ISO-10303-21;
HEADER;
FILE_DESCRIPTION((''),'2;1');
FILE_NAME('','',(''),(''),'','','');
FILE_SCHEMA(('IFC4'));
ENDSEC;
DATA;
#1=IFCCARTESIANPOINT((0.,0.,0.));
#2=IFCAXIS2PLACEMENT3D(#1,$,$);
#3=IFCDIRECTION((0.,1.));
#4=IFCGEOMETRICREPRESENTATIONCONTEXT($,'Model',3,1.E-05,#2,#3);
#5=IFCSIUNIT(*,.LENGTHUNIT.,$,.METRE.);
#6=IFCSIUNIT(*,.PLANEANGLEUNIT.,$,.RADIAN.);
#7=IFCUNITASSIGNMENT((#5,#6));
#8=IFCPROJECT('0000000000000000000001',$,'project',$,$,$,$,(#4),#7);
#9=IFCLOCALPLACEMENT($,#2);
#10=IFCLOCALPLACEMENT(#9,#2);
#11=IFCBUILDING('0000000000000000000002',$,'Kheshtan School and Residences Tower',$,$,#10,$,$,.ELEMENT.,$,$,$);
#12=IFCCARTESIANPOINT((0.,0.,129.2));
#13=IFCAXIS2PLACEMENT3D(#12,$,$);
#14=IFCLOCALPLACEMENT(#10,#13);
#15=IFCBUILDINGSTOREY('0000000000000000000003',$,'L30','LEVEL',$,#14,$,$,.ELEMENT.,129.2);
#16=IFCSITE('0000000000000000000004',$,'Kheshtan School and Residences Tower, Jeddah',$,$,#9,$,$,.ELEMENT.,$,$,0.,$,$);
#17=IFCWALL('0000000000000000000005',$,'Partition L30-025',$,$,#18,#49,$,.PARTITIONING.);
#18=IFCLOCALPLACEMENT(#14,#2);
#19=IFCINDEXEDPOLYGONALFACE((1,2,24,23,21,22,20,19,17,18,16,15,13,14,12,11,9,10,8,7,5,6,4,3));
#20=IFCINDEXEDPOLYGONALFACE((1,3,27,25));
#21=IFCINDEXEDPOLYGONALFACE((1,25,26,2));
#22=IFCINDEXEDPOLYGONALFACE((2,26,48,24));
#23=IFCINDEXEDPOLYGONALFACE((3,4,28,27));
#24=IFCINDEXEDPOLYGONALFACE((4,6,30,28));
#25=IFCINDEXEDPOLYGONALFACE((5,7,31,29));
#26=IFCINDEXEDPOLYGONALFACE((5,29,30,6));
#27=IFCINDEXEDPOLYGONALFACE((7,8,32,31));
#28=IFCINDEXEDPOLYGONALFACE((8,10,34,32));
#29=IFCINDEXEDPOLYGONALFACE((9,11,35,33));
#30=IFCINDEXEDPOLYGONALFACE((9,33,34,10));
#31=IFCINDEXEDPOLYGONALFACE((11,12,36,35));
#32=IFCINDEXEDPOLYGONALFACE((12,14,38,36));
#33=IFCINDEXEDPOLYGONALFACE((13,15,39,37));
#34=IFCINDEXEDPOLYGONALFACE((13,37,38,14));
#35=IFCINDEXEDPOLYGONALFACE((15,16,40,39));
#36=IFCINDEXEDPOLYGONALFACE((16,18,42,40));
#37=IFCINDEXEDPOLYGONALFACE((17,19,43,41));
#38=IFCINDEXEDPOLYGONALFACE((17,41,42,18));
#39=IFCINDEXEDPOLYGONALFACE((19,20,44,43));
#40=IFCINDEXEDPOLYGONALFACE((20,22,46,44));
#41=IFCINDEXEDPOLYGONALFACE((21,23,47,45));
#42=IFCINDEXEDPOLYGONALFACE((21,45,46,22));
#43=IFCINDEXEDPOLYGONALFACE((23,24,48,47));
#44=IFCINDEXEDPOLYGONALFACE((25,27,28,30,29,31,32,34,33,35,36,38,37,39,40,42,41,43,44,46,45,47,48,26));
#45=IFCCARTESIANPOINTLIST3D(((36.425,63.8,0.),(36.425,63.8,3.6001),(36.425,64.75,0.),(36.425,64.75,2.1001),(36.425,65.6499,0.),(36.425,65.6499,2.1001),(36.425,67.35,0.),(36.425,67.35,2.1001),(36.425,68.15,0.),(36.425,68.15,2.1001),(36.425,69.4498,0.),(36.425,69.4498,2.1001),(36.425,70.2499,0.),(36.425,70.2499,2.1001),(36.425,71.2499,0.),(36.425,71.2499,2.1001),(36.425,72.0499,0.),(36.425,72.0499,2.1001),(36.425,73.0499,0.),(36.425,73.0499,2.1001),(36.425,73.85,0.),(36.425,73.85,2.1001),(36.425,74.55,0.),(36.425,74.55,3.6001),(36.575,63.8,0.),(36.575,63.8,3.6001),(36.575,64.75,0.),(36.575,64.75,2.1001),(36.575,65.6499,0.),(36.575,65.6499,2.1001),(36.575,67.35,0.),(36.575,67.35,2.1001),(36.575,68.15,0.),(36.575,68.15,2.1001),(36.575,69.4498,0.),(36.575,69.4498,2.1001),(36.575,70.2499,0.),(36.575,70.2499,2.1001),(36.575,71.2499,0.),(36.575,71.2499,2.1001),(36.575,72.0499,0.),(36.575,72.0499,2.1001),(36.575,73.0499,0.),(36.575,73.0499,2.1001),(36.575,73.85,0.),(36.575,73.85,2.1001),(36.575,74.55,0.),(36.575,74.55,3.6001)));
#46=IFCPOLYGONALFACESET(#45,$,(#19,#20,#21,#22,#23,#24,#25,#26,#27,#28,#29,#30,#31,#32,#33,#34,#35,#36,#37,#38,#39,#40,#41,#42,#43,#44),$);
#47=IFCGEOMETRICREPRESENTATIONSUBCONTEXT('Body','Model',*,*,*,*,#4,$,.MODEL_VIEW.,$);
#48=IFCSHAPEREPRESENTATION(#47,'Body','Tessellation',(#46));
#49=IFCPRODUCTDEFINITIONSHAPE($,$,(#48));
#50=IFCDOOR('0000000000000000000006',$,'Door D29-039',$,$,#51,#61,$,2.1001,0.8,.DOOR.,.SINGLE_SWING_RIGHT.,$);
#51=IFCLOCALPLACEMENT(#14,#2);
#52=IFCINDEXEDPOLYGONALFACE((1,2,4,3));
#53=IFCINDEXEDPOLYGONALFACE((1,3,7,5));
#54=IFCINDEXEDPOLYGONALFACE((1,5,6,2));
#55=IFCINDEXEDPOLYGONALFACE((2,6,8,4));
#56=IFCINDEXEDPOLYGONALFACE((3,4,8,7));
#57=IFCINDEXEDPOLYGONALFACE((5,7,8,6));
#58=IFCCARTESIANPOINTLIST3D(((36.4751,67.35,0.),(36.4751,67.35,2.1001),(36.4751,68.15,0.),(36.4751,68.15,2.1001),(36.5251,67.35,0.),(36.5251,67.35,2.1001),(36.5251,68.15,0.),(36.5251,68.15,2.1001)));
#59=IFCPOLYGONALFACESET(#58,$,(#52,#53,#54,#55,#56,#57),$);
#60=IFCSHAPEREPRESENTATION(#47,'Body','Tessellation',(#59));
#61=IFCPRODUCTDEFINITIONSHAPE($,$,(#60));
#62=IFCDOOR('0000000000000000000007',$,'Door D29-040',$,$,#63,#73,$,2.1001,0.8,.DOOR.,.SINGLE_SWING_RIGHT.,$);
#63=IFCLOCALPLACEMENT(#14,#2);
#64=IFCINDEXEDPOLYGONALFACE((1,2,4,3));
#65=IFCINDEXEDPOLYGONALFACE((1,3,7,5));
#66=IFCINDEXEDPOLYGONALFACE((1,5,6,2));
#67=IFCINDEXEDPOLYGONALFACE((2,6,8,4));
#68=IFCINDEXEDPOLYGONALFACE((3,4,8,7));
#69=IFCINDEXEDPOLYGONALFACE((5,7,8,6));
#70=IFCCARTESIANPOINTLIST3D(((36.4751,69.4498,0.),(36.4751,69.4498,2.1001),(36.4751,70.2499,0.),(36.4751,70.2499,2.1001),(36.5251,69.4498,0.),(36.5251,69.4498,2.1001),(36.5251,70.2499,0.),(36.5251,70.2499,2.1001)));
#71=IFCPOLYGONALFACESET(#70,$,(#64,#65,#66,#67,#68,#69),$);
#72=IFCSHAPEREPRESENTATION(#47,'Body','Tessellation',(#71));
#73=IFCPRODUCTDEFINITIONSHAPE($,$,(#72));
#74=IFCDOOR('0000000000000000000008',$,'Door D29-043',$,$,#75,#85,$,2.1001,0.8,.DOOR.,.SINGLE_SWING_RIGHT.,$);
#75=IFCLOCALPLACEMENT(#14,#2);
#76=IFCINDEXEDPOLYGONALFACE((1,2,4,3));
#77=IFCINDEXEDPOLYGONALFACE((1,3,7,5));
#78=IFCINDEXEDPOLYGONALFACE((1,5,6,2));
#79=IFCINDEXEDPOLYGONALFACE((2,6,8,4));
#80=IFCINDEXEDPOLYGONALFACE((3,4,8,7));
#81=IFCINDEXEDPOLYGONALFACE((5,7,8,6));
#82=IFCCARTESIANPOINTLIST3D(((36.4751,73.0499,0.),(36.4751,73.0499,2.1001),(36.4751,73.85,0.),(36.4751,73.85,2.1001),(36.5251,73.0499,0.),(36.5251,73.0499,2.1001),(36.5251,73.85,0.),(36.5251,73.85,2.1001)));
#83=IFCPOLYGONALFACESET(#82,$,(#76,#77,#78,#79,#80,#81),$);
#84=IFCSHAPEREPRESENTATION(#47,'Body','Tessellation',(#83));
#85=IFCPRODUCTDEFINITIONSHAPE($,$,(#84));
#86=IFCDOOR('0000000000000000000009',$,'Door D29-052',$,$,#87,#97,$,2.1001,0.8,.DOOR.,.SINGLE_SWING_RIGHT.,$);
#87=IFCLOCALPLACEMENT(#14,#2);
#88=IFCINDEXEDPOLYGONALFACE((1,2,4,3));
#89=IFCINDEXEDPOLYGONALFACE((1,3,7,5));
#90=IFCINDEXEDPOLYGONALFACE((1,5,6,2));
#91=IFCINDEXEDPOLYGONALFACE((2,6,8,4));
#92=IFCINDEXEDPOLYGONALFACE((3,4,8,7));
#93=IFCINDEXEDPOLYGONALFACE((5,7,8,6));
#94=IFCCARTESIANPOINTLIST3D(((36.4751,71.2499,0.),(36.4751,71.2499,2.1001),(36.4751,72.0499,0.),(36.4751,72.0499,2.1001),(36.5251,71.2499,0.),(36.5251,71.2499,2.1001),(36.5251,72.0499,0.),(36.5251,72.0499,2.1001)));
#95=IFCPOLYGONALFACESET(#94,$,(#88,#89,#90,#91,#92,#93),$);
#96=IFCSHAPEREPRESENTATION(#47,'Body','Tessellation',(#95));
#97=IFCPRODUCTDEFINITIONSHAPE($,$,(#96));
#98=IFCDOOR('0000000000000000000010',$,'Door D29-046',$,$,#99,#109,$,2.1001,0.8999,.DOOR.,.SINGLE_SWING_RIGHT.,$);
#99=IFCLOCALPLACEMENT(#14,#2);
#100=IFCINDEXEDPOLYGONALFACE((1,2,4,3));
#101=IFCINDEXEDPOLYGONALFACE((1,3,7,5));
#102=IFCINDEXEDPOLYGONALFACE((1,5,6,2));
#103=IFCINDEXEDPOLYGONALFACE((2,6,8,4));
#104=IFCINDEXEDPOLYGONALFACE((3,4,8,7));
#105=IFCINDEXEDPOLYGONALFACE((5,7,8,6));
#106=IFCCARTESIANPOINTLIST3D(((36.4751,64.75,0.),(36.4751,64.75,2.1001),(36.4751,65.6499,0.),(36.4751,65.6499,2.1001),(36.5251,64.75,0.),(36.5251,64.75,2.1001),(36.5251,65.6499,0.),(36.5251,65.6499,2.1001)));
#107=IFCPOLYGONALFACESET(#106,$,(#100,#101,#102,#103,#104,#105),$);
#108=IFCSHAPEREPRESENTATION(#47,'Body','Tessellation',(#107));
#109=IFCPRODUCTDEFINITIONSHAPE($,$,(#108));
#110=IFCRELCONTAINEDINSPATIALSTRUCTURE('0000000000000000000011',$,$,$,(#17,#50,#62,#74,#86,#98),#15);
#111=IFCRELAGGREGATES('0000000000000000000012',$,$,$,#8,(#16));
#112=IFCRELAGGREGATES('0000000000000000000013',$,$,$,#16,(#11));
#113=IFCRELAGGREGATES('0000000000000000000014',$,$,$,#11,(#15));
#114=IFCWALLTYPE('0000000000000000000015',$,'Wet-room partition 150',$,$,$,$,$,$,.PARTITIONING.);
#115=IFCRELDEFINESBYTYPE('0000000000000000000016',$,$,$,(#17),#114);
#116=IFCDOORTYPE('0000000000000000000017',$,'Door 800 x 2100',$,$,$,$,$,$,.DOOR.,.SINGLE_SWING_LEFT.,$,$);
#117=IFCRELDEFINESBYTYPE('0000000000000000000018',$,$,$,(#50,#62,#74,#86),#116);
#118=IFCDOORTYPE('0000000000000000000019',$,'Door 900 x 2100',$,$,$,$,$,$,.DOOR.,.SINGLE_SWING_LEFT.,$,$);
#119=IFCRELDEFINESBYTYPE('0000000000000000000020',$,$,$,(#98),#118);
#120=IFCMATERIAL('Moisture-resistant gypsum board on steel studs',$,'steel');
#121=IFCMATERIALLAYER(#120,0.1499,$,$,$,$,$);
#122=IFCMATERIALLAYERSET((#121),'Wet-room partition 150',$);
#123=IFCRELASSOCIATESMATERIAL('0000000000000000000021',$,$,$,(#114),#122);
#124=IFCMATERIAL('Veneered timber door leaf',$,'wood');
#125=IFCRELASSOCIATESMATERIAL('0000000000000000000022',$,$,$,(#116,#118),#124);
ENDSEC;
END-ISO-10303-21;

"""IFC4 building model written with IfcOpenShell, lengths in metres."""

from ifc_helpers import new_model, si_unit, direction, frame, frame_2d, origin, place, context, subcontext, project, spatial, rectangle, extrude, source, transform, mapped, material, layer, layer_set, type_object, element, fill, save


model = new_model("IFC4")

# Units and contexts
model_context = context("Model", 3, precision=1e-05, world=origin(), true_north=direction((0.0, 1.0)))
body_context = subcontext(model_context, "Body", "Model", "MODEL_VIEW")
ifc_project = project(units=[si_unit("LENGTHUNIT", "METRE"), si_unit("PLANEANGLEUNIT", "RADIAN")], contexts=[model_context])

# Site, building, storey
site_placement = place(None, origin())
site = spatial("IfcSite", under=ifc_project, at=site_placement, Name="Kheshtan School and Residences Tower, Jeddah", CompositionType="ELEMENT", RefElevation=0.0)
building_placement = place(site_placement, origin())
building = spatial("IfcBuilding", under=site, at=building_placement, Name="Kheshtan School and Residences Tower", CompositionType="ELEMENT")
storey_placement = place(building_placement, frame((0.0, 0.0, 129.2)))
storey = spatial("IfcBuildingStorey", under=building, at=storey_placement, Name="L30", Description="LEVEL", CompositionType="ELEMENT", Elevation=129.2)

# Wall, openings, doors
ifc_material_1 = material(Name="Moisture-resistant gypsum board on steel studs", Category="steel")
ifc_layer_1 = layer(ifc_material_1, 0.1499)
ifc_layer_set_1 = layer_set([ifc_layer_1], Name="Wet-room partition 150")
wall_type_1 = type_object("IfcWallType", Name="Wet-room partition 150", PredefinedType="PARTITIONING", material=ifc_layer_set_1)
ifc_material_2 = material(Name="Veneered timber door leaf", Category="wood")
door_type_1 = type_object("IfcDoorType", Name="Door 800 x 2100", OperationType="SINGLE_SWING_LEFT", PredefinedType="DOOR", material=ifc_material_2)
shared_shape_1 = source(origin(), body_context, "Body", "SweptSolid", [
    extrude(rectangle(XDim=0.8, YDim=2.1001, at=frame_2d((0.3999, 1.05))), frame((0.0, 0.0249, 0.0), z_axis=(0.0, -1.0, 0.0), x_axis=(1.0, 0.0, 0.0)), (0.0, 0.0, 1.0), 0.05),
])
door_type_2 = type_object("IfcDoorType", Name="Door 900 x 2100", OperationType="SINGLE_SWING_LEFT", PredefinedType="DOOR", material=ifc_material_2)
shared_shape_2 = source(origin(), body_context, "Body", "SweptSolid", [
    extrude(rectangle(XDim=0.8999, YDim=2.1001, at=frame_2d((0.45, 1.05))), frame((0.0, 0.0249, 0.0), z_axis=(0.0, -1.0, 0.0), x_axis=(1.0, 0.0, 0.0)), (0.0, 0.0, 1.0), 0.05),
])
wall_1_placement = place(storey_placement, frame((36.5, 63.8, 0.0), z_axis=(0.0, 0.0, 1.0), x_axis=(0.0, 1.0, 0.0)))
wall_1 = element("IfcWall", 1, at=wall_1_placement, inside=storey, type_object=wall_type_1, Name="Partition L30-025", PredefinedType="PARTITIONING", context=body_context, shape_type="SweptSolid", body=[
    extrude(rectangle(XDim=10.75, YDim=0.1499, at=frame_2d((5.375, 0.0))), origin(), (0.0, 0.0, 1.0), 3.6001),
])
opening_1_placement = place(wall_1_placement, frame((3.55, 0.0, 0.0)))
opening_1 = element("IfcOpeningElement", 2, at=opening_1_placement, cuts=wall_1, PredefinedType="OPENING", context=body_context, shape_type="SweptSolid", body=[
    extrude(rectangle(XDim=0.8, YDim=2.1001, at=frame_2d((0.3999, 1.05))), frame((0.0, 0.085, 0.0), z_axis=(0.0, -1.0, 0.0), x_axis=(1.0, 0.0, 0.0)), (0.0, 0.0, 1.0), 0.1699),
])
opening_2_placement = place(wall_1_placement, frame((5.6499, 0.0, 0.0)))
opening_2 = element("IfcOpeningElement", 3, at=opening_2_placement, cuts=wall_1, PredefinedType="OPENING", context=body_context, shape_type="SweptSolid", body=[
    extrude(rectangle(XDim=0.8, YDim=2.1001, at=frame_2d((0.3999, 1.05))), frame((0.0, 0.085, 0.0), z_axis=(0.0, -1.0, 0.0), x_axis=(1.0, 0.0, 0.0)), (0.0, 0.0, 1.0), 0.1699),
])
opening_3_placement = place(wall_1_placement, frame((9.25, 0.0, 0.0)))
opening_3 = element("IfcOpeningElement", 4, at=opening_3_placement, cuts=wall_1, PredefinedType="OPENING", context=body_context, shape_type="SweptSolid", body=[
    extrude(rectangle(XDim=0.8, YDim=2.1001, at=frame_2d((0.3999, 1.05))), frame((0.0, 0.085, 0.0), z_axis=(0.0, -1.0, 0.0), x_axis=(1.0, 0.0, 0.0)), (0.0, 0.0, 1.0), 0.1699),
])
opening_4_placement = place(wall_1_placement, frame((0.95, 0.0, 0.0)))
opening_4 = element("IfcOpeningElement", 5, at=opening_4_placement, cuts=wall_1, PredefinedType="OPENING", context=body_context, shape_type="SweptSolid", body=[
    extrude(rectangle(XDim=0.8999, YDim=2.1001, at=frame_2d((0.45, 1.05))), frame((0.0, 0.085, 0.0), z_axis=(0.0, -1.0, 0.0), x_axis=(1.0, 0.0, 0.0)), (0.0, 0.0, 1.0), 0.1699),
])
opening_5_placement = place(wall_1_placement, frame((7.45, 0.0, 0.0)))
opening_5 = element("IfcOpeningElement", 6, at=opening_5_placement, cuts=wall_1, PredefinedType="OPENING", context=body_context, shape_type="SweptSolid", body=[
    extrude(rectangle(XDim=0.8, YDim=2.1001, at=frame_2d((0.3999, 1.05))), frame((0.0, 0.085, 0.0), z_axis=(0.0, -1.0, 0.0), x_axis=(1.0, 0.0, 0.0)), (0.0, 0.0, 1.0), 0.1699),
])
door_1_placement = place(opening_1_placement, origin())
door_1 = element("IfcDoor", 7, at=door_1_placement, inside=storey, type_object=door_type_1, Name="Door D29-039", OperationType="SINGLE_SWING_RIGHT", OverallHeight=2.1001, OverallWidth=0.8, PredefinedType="DOOR", context=body_context, shape_type="MappedRepresentation", body=[
    mapped(shared_shape_1, transform((0.0, 0.0, 0.0), x_axis=(1.0, 0.0, 0.0), y_axis=(0.0, 1.0, 0.0), z_axis=(0.0, 0.0, 1.0), scale=1.0)),
])
fill(opening_1, door_1)
door_2_placement = place(opening_2_placement, origin())
door_2 = element("IfcDoor", 8, at=door_2_placement, inside=storey, type_object=door_type_1, Name="Door D29-040", OperationType="SINGLE_SWING_RIGHT", OverallHeight=2.1001, OverallWidth=0.8, PredefinedType="DOOR", context=body_context, shape_type="MappedRepresentation", body=[
    mapped(shared_shape_1, transform((0.0, 0.0, 0.0), x_axis=(1.0, 0.0, 0.0), y_axis=(0.0, 1.0, 0.0), z_axis=(0.0, 0.0, 1.0), scale=1.0)),
])
fill(opening_2, door_2)
door_3_placement = place(opening_3_placement, origin())
door_3 = element("IfcDoor", 9, at=door_3_placement, inside=storey, type_object=door_type_1, Name="Door D29-043", OperationType="SINGLE_SWING_RIGHT", OverallHeight=2.1001, OverallWidth=0.8, PredefinedType="DOOR", context=body_context, shape_type="MappedRepresentation", body=[
    mapped(shared_shape_1, transform((0.0, 0.0, 0.0), x_axis=(1.0, 0.0, 0.0), y_axis=(0.0, 1.0, 0.0), z_axis=(0.0, 0.0, 1.0), scale=1.0)),
])
fill(opening_3, door_3)
door_4_placement = place(opening_5_placement, origin())
door_4 = element("IfcDoor", 10, at=door_4_placement, inside=storey, type_object=door_type_1, Name="Door D29-052", OperationType="SINGLE_SWING_RIGHT", OverallHeight=2.1001, OverallWidth=0.8, PredefinedType="DOOR", context=body_context, shape_type="MappedRepresentation", body=[
    mapped(shared_shape_1, transform((0.0, 0.0, 0.0), x_axis=(1.0, 0.0, 0.0), y_axis=(0.0, 1.0, 0.0), z_axis=(0.0, 0.0, 1.0), scale=1.0)),
])
fill(opening_5, door_4)
door_5_placement = place(opening_4_placement, origin())
door_5 = element("IfcDoor", 11, at=door_5_placement, inside=storey, type_object=door_type_2, Name="Door D29-046", OperationType="SINGLE_SWING_RIGHT", OverallHeight=2.1001, OverallWidth=0.8999, PredefinedType="DOOR", context=body_context, shape_type="MappedRepresentation", body=[
    mapped(shared_shape_2, transform((0.0, 0.0, 0.0), x_axis=(1.0, 0.0, 0.0), y_axis=(0.0, 1.0, 0.0), z_axis=(0.0, 0.0, 1.0), scale=1.0)),
])
fill(opening_4, door_5)

save(model, "model.ifc")
